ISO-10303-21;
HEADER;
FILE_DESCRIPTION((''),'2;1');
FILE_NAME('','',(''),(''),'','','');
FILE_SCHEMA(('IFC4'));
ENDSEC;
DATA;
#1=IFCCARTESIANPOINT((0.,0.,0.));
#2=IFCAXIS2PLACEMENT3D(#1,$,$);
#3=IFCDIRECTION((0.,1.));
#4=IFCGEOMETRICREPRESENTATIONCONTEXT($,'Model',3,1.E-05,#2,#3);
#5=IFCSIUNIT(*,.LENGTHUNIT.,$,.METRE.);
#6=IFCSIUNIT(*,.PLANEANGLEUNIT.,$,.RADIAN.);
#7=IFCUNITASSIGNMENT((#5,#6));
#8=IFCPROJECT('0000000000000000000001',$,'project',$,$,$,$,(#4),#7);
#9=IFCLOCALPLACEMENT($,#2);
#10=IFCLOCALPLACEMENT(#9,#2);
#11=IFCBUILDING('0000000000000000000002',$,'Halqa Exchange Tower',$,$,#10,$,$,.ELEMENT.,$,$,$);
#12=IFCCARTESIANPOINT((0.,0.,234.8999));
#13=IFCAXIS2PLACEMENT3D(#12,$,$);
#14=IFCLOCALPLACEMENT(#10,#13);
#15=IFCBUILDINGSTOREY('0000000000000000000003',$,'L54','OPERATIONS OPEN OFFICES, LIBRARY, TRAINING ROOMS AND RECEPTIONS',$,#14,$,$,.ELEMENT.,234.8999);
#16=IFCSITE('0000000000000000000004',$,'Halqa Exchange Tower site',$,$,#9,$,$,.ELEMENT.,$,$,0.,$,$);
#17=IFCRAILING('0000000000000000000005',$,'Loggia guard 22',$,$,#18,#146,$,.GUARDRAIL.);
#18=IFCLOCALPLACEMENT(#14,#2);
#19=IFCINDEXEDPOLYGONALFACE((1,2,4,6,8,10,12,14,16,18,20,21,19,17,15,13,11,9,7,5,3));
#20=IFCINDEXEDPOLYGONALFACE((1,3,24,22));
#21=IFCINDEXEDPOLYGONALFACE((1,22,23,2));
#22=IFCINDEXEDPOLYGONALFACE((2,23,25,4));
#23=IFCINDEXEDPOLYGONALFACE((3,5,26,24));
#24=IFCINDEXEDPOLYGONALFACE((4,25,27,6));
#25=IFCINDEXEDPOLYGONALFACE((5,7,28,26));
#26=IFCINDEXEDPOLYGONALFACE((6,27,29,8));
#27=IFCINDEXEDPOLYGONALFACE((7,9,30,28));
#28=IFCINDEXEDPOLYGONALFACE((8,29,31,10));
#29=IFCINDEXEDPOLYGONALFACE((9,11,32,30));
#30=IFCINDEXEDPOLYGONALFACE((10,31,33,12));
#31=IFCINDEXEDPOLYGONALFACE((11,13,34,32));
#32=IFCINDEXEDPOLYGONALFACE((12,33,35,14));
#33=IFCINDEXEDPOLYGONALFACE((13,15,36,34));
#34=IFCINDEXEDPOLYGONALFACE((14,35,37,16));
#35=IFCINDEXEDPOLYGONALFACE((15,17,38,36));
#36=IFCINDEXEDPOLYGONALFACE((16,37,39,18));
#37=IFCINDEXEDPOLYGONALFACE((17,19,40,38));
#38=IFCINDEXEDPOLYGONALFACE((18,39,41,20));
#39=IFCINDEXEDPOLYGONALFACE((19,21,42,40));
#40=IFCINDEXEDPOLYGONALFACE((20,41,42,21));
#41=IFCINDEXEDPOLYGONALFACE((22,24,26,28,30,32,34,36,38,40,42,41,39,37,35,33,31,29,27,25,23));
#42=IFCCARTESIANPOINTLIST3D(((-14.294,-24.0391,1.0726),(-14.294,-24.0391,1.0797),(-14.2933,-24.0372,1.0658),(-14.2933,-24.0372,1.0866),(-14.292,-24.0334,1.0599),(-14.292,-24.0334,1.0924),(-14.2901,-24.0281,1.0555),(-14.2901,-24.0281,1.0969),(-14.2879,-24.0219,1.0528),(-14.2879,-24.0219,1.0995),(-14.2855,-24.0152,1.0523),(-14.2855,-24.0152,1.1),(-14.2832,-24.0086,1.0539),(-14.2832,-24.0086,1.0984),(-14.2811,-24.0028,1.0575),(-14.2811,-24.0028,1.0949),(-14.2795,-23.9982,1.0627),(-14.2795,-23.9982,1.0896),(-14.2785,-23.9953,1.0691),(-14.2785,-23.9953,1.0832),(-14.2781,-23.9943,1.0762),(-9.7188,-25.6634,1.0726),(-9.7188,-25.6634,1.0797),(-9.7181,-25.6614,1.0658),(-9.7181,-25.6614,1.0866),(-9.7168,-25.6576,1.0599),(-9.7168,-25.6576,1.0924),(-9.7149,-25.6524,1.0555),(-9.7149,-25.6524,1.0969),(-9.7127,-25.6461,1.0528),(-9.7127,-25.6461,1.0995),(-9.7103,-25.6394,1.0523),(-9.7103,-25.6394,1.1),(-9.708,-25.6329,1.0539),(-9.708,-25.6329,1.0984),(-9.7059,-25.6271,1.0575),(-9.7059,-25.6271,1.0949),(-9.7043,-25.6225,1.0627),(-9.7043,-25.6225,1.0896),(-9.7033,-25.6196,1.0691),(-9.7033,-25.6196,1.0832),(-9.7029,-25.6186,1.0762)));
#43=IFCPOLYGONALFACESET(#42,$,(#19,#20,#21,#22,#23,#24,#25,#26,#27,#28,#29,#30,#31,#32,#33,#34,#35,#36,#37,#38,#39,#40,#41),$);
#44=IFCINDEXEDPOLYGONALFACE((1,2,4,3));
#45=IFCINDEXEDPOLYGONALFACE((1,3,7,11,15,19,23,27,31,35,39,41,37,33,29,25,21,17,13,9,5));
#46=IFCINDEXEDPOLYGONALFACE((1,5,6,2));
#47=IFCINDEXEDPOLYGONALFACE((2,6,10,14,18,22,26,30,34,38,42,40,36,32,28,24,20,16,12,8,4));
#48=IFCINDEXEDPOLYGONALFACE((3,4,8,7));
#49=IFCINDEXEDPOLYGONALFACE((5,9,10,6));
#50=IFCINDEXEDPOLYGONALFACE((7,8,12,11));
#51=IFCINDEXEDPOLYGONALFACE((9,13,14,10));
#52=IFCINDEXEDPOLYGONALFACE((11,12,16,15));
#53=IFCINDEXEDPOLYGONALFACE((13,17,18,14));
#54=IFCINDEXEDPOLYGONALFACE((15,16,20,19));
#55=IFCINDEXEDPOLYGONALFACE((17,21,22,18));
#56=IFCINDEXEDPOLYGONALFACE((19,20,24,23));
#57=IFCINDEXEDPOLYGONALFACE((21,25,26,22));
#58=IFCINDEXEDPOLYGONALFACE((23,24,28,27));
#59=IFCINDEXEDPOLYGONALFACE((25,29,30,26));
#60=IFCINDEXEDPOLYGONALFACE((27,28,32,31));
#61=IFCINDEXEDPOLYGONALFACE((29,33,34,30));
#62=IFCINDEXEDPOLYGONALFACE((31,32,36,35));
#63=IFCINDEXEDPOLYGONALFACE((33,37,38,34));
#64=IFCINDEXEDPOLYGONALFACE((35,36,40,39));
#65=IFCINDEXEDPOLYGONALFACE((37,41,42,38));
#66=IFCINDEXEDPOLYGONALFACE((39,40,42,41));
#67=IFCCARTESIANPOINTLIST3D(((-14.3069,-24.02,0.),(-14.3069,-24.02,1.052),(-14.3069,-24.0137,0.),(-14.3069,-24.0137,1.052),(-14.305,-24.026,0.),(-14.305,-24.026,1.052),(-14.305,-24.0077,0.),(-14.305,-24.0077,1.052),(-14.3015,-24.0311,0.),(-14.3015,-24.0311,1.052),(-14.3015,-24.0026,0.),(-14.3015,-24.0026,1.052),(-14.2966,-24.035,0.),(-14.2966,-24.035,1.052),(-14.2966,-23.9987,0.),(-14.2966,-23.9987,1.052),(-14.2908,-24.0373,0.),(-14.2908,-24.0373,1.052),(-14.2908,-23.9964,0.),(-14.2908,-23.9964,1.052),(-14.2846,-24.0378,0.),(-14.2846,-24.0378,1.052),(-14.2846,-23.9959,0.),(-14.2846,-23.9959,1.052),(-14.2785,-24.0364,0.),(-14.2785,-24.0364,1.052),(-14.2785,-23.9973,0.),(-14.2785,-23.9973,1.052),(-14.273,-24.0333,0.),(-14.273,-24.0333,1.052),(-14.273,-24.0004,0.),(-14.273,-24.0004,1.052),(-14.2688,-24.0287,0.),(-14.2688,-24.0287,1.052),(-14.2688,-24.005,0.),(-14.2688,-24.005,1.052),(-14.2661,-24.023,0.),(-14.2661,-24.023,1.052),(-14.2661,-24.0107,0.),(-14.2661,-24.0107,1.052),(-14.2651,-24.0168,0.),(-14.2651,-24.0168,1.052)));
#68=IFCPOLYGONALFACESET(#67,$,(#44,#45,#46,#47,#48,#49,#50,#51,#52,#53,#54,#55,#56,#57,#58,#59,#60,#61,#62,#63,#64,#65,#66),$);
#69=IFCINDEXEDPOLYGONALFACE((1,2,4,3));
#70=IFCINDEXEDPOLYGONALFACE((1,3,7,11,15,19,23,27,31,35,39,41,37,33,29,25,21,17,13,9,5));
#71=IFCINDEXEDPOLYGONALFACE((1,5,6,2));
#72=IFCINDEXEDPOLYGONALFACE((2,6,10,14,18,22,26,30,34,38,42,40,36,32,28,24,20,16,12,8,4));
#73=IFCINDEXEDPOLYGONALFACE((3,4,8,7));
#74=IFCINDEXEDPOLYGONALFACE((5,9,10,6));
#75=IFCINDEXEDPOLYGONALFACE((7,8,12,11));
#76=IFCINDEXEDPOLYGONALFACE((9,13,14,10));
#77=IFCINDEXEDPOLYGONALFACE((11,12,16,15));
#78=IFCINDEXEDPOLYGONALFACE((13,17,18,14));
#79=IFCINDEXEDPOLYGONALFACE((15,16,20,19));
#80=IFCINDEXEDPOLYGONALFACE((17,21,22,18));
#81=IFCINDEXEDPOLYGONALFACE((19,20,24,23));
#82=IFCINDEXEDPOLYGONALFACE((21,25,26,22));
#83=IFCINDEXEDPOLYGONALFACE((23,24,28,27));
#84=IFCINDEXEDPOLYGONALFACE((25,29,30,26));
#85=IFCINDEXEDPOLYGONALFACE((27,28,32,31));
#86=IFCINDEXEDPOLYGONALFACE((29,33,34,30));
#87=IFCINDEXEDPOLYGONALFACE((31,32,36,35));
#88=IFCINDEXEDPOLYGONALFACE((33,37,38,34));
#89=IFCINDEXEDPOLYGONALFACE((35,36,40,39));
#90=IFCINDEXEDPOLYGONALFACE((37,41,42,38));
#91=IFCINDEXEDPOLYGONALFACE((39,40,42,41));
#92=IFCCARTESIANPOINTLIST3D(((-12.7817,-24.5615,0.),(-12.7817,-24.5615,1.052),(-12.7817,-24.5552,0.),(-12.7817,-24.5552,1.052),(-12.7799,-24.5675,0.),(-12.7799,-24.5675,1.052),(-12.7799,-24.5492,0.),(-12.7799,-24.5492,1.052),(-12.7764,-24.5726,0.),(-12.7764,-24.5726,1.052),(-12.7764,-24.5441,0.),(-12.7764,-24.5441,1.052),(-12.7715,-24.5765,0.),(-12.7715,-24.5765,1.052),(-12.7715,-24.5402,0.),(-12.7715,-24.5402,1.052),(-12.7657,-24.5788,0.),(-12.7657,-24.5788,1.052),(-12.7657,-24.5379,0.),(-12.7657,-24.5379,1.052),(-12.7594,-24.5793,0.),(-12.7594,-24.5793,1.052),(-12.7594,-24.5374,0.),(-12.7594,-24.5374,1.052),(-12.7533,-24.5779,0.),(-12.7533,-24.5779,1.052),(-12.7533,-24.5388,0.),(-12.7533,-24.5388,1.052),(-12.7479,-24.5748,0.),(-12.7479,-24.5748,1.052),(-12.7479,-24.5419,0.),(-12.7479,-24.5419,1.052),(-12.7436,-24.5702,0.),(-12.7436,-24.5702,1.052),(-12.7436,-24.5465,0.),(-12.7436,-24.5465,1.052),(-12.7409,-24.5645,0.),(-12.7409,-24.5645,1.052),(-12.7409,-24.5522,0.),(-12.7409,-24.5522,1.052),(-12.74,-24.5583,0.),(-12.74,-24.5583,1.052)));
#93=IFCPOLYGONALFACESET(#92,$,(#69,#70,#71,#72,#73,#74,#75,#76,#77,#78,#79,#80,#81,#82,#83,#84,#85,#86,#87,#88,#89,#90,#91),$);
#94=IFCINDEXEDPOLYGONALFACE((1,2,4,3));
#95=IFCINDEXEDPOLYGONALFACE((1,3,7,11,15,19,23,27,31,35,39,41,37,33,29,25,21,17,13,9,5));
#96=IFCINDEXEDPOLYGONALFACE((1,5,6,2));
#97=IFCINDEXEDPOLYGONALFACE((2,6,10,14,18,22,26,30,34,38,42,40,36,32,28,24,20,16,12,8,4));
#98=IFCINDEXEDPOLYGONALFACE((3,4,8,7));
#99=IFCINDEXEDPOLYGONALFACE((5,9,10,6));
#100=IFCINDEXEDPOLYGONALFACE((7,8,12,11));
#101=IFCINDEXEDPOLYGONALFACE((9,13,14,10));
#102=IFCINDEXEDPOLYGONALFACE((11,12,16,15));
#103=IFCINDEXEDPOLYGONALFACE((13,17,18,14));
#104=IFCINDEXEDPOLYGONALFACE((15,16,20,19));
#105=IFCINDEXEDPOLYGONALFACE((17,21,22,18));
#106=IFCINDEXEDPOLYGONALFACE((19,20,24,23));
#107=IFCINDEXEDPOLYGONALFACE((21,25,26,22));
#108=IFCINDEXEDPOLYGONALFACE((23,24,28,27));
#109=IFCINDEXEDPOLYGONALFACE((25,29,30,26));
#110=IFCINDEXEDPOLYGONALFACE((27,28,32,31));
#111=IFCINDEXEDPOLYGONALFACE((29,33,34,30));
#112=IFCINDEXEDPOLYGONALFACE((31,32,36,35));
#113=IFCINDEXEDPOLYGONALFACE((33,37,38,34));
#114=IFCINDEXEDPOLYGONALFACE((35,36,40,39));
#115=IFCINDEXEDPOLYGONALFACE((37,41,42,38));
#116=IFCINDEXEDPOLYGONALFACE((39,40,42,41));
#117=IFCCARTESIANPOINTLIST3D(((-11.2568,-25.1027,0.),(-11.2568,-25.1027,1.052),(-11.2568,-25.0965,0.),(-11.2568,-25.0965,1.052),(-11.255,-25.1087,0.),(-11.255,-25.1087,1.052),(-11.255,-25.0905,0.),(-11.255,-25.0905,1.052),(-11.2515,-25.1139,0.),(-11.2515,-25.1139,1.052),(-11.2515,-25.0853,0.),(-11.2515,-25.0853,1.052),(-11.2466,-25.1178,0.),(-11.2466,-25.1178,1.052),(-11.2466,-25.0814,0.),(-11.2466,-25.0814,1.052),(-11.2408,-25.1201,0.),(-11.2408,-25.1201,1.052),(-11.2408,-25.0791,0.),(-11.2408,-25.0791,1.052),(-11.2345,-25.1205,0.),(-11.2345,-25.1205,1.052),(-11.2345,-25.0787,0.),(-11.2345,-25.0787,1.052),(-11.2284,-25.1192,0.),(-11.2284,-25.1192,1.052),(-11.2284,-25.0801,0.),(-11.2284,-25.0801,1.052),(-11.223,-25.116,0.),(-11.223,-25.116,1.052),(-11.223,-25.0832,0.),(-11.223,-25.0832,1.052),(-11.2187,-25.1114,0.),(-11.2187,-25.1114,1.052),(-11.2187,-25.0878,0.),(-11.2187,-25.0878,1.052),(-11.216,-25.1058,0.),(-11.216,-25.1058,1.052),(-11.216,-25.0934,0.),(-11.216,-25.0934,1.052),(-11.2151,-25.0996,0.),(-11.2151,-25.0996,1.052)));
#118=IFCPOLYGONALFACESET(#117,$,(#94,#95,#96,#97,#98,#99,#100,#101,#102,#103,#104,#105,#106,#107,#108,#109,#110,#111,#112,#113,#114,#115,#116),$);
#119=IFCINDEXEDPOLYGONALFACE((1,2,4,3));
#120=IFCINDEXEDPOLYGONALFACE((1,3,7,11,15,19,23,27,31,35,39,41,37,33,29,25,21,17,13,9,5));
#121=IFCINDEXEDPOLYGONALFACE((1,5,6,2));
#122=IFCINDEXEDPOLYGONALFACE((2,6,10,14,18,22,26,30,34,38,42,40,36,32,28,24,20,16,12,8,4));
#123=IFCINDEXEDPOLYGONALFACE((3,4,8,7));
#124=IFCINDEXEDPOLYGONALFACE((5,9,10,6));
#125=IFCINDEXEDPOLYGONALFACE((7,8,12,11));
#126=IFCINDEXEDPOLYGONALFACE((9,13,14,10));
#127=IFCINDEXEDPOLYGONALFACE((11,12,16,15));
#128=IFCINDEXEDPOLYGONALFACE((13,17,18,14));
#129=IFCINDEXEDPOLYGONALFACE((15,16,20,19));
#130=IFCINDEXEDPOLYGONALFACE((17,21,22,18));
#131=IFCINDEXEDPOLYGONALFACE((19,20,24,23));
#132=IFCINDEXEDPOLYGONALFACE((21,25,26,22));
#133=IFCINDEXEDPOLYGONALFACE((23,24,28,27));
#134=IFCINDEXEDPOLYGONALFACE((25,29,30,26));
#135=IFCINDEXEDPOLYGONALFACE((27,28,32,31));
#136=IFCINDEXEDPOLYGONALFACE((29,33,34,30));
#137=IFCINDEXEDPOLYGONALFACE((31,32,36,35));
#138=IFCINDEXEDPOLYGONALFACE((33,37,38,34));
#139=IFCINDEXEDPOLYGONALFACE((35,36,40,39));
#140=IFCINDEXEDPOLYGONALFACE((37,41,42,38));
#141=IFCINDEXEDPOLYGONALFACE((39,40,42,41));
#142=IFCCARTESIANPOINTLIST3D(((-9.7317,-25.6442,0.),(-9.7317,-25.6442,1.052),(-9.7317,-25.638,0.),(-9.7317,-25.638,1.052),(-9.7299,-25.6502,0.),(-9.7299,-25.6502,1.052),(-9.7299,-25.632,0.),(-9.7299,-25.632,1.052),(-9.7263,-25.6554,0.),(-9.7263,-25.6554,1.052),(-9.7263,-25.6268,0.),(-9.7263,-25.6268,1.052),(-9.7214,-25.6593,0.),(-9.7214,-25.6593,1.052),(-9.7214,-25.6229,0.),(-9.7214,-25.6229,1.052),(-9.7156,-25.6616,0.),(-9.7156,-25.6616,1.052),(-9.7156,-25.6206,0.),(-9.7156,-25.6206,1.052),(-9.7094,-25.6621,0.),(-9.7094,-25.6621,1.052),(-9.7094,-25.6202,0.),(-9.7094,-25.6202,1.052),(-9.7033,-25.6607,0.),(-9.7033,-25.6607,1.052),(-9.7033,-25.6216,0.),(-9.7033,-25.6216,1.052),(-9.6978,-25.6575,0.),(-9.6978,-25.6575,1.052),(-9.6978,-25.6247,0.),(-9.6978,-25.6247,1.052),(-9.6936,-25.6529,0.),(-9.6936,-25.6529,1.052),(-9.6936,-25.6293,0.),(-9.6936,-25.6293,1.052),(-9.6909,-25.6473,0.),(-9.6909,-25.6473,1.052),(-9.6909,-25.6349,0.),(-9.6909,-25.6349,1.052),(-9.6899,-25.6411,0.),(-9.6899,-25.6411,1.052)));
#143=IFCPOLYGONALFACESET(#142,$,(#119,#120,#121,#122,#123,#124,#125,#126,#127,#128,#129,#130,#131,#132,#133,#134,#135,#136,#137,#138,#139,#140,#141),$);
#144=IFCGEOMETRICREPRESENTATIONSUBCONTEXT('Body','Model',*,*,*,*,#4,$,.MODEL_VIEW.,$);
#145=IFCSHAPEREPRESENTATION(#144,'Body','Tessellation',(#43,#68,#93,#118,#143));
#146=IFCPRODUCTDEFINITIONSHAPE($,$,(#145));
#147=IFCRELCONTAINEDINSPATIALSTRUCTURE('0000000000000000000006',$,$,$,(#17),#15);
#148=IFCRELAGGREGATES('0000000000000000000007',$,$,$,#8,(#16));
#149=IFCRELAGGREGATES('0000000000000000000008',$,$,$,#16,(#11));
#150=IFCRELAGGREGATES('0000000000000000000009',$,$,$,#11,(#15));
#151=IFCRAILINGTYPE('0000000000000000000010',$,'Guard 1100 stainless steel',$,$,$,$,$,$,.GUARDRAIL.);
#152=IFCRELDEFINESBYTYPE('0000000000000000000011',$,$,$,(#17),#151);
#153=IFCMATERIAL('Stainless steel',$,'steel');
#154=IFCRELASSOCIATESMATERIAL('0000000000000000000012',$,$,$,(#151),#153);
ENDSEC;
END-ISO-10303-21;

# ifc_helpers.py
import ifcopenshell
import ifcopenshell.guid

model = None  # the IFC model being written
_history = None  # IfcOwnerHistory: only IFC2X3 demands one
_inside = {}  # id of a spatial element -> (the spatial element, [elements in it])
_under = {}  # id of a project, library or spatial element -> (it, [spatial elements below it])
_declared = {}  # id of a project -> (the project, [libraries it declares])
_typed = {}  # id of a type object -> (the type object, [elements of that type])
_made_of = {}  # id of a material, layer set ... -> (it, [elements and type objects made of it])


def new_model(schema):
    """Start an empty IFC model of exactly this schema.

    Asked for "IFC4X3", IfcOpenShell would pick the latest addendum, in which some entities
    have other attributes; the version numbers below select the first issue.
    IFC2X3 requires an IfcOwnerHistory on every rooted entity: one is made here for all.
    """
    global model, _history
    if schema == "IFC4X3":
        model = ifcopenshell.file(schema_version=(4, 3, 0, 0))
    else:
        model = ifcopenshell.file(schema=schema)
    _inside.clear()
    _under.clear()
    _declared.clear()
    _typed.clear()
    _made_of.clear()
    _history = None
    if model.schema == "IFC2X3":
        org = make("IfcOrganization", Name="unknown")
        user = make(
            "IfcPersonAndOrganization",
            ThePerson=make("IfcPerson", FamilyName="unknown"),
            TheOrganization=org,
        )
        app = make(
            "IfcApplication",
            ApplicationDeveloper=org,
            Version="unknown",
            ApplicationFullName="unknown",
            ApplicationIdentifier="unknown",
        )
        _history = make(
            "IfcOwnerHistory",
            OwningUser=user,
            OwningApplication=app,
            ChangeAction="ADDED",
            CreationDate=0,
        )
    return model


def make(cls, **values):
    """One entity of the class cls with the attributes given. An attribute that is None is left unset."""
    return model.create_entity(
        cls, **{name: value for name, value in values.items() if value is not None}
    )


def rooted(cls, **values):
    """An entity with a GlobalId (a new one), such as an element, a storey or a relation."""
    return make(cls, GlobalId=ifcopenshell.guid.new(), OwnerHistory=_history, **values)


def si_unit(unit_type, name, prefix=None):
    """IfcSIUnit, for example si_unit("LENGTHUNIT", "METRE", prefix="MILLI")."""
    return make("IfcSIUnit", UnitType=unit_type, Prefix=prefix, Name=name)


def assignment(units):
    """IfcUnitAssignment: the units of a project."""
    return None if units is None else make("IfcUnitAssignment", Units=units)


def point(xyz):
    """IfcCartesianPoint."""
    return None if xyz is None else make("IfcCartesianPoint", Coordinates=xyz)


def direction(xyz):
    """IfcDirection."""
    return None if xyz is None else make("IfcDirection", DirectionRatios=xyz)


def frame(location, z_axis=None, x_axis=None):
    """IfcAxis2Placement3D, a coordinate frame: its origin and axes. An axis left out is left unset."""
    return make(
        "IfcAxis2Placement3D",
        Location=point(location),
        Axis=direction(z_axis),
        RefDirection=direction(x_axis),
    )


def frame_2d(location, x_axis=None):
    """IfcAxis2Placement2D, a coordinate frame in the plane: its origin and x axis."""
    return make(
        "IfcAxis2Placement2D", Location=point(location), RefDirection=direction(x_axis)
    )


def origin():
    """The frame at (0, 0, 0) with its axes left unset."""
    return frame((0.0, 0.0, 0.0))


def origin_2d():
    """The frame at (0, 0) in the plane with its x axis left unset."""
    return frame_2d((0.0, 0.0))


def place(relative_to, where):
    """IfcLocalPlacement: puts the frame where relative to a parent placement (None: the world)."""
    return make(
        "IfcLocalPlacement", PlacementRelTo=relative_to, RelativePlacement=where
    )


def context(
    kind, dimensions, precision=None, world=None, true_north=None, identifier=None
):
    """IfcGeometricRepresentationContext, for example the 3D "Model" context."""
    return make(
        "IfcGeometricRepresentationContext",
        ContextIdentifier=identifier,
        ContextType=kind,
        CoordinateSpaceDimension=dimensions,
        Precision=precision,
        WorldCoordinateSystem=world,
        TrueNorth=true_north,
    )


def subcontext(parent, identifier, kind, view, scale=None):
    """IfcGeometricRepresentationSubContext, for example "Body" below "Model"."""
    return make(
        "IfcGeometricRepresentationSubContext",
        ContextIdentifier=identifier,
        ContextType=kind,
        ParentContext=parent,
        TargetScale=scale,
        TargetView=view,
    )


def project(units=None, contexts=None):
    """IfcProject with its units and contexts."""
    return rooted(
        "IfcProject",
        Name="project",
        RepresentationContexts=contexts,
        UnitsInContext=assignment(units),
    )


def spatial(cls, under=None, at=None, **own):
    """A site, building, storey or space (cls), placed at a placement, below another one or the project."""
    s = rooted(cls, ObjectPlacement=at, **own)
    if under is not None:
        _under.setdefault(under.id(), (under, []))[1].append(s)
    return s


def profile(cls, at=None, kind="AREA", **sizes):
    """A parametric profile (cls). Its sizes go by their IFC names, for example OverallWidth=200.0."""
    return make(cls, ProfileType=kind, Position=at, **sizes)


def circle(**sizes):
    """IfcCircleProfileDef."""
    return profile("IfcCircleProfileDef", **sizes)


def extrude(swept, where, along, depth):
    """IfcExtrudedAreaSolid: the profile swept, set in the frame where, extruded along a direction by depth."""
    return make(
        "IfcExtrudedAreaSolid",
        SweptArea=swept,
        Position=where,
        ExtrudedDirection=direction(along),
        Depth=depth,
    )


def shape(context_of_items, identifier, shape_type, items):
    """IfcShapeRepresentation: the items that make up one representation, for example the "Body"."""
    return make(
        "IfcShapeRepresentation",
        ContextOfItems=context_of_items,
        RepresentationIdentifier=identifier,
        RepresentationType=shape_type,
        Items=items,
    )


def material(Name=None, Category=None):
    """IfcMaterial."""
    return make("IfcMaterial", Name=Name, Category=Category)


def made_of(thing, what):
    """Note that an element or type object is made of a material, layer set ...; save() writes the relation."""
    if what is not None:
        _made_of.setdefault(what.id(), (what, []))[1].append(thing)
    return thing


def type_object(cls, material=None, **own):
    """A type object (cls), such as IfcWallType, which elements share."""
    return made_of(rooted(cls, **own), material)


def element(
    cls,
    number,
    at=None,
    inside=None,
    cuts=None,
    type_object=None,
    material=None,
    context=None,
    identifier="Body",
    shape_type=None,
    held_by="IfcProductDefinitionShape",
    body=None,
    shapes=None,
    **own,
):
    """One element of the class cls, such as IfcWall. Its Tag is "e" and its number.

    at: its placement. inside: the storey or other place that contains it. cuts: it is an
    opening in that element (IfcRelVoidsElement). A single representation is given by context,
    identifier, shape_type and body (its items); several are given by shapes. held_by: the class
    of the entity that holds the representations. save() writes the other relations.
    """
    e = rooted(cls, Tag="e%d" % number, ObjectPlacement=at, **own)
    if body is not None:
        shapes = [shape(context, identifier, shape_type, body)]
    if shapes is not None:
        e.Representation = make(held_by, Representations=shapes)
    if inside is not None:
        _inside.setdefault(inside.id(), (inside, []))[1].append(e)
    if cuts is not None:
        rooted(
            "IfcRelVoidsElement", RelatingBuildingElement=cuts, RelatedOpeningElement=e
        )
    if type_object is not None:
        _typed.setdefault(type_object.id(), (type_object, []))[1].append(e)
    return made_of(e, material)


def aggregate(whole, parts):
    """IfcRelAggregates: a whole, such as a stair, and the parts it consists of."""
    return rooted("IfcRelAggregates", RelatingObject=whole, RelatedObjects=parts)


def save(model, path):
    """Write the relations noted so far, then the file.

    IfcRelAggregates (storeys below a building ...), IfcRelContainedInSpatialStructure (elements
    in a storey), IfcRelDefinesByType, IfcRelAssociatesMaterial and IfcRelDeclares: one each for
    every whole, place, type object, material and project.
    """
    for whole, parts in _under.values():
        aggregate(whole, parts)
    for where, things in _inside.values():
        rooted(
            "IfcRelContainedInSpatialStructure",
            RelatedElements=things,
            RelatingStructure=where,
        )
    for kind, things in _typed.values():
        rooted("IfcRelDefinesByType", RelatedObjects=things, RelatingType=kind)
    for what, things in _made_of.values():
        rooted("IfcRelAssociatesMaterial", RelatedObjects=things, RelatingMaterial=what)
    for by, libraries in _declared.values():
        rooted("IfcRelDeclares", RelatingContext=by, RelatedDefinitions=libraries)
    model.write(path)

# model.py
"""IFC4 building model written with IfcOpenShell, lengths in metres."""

from ifc_helpers import new_model, si_unit, direction, frame, origin, origin_2d, place, context, subcontext, project, spatial, circle, extrude, material, type_object, element, save


model = new_model("IFC4")

# Units and contexts
model_context = context("Model", 3, precision=1e-05, world=origin(), true_north=direction((0.0, 1.0)))
body_context = subcontext(model_context, "Body", "Model", "MODEL_VIEW")
ifc_project = project(units=[si_unit("LENGTHUNIT", "METRE"), si_unit("PLANEANGLEUNIT", "RADIAN")], contexts=[model_context])

# Site, building, storey
site_placement = place(None, origin())
site = spatial("IfcSite", under=ifc_project, at=site_placement, Name="Halqa Exchange Tower site", CompositionType="ELEMENT", RefElevation=0.0)
building_placement = place(site_placement, origin())
building = spatial("IfcBuilding", under=site, at=building_placement, Name="Halqa Exchange Tower", CompositionType="ELEMENT")
storey_placement = place(building_placement, frame((0.0, 0.0, 234.8999)))
storey = spatial("IfcBuildingStorey", under=building, at=storey_placement, Name="L54", Description="OPERATIONS OPEN OFFICES, LIBRARY, TRAINING ROOMS AND RECEPTIONS", CompositionType="ELEMENT", Elevation=234.8999)

# Railing
ifc_material_1 = material(Name="Stainless steel", Category="steel")
railing_type = type_object("IfcRailingType", Name="Guard 1100 stainless steel", PredefinedType="GUARDRAIL", material=ifc_material_1)
railing_1_placement = place(storey_placement, frame((-14.2861, -24.0168, 0.0)))
element("IfcRailing", 1, at=railing_1_placement, inside=storey, type_object=railing_type, Name="Loggia guard 22", PredefinedType="GUARDRAIL", context=body_context, shape_type="SweptSolid", body=[
    extrude(circle(Radius=0.0239, at=origin_2d()), frame((0.0, 0.0, 1.0762), z_axis=(0.942375, -0.334558, 0.0), x_axis=(0.334558, 0.942375, 0.0)), (0.0, 0.0, 1.0), 4.855),
    extrude(circle(Radius=0.021, at=origin_2d()), origin(), (0.0, 0.0, 1.0), 1.052),
    extrude(circle(Radius=0.021, at=origin_2d()), frame((1.5251, -0.5415, 0.0)), (0.0, 0.0, 1.0), 1.052),
    extrude(circle(Radius=0.021, at=origin_2d()), frame((3.05, -1.0828, 0.0)), (0.0, 0.0, 1.0), 1.052),
    extrude(circle(Radius=0.021, at=origin_2d()), frame((4.5752, -1.6243, 0.0)), (0.0, 0.0, 1.0), 1.052),
])

save(model, "model.ifc")
